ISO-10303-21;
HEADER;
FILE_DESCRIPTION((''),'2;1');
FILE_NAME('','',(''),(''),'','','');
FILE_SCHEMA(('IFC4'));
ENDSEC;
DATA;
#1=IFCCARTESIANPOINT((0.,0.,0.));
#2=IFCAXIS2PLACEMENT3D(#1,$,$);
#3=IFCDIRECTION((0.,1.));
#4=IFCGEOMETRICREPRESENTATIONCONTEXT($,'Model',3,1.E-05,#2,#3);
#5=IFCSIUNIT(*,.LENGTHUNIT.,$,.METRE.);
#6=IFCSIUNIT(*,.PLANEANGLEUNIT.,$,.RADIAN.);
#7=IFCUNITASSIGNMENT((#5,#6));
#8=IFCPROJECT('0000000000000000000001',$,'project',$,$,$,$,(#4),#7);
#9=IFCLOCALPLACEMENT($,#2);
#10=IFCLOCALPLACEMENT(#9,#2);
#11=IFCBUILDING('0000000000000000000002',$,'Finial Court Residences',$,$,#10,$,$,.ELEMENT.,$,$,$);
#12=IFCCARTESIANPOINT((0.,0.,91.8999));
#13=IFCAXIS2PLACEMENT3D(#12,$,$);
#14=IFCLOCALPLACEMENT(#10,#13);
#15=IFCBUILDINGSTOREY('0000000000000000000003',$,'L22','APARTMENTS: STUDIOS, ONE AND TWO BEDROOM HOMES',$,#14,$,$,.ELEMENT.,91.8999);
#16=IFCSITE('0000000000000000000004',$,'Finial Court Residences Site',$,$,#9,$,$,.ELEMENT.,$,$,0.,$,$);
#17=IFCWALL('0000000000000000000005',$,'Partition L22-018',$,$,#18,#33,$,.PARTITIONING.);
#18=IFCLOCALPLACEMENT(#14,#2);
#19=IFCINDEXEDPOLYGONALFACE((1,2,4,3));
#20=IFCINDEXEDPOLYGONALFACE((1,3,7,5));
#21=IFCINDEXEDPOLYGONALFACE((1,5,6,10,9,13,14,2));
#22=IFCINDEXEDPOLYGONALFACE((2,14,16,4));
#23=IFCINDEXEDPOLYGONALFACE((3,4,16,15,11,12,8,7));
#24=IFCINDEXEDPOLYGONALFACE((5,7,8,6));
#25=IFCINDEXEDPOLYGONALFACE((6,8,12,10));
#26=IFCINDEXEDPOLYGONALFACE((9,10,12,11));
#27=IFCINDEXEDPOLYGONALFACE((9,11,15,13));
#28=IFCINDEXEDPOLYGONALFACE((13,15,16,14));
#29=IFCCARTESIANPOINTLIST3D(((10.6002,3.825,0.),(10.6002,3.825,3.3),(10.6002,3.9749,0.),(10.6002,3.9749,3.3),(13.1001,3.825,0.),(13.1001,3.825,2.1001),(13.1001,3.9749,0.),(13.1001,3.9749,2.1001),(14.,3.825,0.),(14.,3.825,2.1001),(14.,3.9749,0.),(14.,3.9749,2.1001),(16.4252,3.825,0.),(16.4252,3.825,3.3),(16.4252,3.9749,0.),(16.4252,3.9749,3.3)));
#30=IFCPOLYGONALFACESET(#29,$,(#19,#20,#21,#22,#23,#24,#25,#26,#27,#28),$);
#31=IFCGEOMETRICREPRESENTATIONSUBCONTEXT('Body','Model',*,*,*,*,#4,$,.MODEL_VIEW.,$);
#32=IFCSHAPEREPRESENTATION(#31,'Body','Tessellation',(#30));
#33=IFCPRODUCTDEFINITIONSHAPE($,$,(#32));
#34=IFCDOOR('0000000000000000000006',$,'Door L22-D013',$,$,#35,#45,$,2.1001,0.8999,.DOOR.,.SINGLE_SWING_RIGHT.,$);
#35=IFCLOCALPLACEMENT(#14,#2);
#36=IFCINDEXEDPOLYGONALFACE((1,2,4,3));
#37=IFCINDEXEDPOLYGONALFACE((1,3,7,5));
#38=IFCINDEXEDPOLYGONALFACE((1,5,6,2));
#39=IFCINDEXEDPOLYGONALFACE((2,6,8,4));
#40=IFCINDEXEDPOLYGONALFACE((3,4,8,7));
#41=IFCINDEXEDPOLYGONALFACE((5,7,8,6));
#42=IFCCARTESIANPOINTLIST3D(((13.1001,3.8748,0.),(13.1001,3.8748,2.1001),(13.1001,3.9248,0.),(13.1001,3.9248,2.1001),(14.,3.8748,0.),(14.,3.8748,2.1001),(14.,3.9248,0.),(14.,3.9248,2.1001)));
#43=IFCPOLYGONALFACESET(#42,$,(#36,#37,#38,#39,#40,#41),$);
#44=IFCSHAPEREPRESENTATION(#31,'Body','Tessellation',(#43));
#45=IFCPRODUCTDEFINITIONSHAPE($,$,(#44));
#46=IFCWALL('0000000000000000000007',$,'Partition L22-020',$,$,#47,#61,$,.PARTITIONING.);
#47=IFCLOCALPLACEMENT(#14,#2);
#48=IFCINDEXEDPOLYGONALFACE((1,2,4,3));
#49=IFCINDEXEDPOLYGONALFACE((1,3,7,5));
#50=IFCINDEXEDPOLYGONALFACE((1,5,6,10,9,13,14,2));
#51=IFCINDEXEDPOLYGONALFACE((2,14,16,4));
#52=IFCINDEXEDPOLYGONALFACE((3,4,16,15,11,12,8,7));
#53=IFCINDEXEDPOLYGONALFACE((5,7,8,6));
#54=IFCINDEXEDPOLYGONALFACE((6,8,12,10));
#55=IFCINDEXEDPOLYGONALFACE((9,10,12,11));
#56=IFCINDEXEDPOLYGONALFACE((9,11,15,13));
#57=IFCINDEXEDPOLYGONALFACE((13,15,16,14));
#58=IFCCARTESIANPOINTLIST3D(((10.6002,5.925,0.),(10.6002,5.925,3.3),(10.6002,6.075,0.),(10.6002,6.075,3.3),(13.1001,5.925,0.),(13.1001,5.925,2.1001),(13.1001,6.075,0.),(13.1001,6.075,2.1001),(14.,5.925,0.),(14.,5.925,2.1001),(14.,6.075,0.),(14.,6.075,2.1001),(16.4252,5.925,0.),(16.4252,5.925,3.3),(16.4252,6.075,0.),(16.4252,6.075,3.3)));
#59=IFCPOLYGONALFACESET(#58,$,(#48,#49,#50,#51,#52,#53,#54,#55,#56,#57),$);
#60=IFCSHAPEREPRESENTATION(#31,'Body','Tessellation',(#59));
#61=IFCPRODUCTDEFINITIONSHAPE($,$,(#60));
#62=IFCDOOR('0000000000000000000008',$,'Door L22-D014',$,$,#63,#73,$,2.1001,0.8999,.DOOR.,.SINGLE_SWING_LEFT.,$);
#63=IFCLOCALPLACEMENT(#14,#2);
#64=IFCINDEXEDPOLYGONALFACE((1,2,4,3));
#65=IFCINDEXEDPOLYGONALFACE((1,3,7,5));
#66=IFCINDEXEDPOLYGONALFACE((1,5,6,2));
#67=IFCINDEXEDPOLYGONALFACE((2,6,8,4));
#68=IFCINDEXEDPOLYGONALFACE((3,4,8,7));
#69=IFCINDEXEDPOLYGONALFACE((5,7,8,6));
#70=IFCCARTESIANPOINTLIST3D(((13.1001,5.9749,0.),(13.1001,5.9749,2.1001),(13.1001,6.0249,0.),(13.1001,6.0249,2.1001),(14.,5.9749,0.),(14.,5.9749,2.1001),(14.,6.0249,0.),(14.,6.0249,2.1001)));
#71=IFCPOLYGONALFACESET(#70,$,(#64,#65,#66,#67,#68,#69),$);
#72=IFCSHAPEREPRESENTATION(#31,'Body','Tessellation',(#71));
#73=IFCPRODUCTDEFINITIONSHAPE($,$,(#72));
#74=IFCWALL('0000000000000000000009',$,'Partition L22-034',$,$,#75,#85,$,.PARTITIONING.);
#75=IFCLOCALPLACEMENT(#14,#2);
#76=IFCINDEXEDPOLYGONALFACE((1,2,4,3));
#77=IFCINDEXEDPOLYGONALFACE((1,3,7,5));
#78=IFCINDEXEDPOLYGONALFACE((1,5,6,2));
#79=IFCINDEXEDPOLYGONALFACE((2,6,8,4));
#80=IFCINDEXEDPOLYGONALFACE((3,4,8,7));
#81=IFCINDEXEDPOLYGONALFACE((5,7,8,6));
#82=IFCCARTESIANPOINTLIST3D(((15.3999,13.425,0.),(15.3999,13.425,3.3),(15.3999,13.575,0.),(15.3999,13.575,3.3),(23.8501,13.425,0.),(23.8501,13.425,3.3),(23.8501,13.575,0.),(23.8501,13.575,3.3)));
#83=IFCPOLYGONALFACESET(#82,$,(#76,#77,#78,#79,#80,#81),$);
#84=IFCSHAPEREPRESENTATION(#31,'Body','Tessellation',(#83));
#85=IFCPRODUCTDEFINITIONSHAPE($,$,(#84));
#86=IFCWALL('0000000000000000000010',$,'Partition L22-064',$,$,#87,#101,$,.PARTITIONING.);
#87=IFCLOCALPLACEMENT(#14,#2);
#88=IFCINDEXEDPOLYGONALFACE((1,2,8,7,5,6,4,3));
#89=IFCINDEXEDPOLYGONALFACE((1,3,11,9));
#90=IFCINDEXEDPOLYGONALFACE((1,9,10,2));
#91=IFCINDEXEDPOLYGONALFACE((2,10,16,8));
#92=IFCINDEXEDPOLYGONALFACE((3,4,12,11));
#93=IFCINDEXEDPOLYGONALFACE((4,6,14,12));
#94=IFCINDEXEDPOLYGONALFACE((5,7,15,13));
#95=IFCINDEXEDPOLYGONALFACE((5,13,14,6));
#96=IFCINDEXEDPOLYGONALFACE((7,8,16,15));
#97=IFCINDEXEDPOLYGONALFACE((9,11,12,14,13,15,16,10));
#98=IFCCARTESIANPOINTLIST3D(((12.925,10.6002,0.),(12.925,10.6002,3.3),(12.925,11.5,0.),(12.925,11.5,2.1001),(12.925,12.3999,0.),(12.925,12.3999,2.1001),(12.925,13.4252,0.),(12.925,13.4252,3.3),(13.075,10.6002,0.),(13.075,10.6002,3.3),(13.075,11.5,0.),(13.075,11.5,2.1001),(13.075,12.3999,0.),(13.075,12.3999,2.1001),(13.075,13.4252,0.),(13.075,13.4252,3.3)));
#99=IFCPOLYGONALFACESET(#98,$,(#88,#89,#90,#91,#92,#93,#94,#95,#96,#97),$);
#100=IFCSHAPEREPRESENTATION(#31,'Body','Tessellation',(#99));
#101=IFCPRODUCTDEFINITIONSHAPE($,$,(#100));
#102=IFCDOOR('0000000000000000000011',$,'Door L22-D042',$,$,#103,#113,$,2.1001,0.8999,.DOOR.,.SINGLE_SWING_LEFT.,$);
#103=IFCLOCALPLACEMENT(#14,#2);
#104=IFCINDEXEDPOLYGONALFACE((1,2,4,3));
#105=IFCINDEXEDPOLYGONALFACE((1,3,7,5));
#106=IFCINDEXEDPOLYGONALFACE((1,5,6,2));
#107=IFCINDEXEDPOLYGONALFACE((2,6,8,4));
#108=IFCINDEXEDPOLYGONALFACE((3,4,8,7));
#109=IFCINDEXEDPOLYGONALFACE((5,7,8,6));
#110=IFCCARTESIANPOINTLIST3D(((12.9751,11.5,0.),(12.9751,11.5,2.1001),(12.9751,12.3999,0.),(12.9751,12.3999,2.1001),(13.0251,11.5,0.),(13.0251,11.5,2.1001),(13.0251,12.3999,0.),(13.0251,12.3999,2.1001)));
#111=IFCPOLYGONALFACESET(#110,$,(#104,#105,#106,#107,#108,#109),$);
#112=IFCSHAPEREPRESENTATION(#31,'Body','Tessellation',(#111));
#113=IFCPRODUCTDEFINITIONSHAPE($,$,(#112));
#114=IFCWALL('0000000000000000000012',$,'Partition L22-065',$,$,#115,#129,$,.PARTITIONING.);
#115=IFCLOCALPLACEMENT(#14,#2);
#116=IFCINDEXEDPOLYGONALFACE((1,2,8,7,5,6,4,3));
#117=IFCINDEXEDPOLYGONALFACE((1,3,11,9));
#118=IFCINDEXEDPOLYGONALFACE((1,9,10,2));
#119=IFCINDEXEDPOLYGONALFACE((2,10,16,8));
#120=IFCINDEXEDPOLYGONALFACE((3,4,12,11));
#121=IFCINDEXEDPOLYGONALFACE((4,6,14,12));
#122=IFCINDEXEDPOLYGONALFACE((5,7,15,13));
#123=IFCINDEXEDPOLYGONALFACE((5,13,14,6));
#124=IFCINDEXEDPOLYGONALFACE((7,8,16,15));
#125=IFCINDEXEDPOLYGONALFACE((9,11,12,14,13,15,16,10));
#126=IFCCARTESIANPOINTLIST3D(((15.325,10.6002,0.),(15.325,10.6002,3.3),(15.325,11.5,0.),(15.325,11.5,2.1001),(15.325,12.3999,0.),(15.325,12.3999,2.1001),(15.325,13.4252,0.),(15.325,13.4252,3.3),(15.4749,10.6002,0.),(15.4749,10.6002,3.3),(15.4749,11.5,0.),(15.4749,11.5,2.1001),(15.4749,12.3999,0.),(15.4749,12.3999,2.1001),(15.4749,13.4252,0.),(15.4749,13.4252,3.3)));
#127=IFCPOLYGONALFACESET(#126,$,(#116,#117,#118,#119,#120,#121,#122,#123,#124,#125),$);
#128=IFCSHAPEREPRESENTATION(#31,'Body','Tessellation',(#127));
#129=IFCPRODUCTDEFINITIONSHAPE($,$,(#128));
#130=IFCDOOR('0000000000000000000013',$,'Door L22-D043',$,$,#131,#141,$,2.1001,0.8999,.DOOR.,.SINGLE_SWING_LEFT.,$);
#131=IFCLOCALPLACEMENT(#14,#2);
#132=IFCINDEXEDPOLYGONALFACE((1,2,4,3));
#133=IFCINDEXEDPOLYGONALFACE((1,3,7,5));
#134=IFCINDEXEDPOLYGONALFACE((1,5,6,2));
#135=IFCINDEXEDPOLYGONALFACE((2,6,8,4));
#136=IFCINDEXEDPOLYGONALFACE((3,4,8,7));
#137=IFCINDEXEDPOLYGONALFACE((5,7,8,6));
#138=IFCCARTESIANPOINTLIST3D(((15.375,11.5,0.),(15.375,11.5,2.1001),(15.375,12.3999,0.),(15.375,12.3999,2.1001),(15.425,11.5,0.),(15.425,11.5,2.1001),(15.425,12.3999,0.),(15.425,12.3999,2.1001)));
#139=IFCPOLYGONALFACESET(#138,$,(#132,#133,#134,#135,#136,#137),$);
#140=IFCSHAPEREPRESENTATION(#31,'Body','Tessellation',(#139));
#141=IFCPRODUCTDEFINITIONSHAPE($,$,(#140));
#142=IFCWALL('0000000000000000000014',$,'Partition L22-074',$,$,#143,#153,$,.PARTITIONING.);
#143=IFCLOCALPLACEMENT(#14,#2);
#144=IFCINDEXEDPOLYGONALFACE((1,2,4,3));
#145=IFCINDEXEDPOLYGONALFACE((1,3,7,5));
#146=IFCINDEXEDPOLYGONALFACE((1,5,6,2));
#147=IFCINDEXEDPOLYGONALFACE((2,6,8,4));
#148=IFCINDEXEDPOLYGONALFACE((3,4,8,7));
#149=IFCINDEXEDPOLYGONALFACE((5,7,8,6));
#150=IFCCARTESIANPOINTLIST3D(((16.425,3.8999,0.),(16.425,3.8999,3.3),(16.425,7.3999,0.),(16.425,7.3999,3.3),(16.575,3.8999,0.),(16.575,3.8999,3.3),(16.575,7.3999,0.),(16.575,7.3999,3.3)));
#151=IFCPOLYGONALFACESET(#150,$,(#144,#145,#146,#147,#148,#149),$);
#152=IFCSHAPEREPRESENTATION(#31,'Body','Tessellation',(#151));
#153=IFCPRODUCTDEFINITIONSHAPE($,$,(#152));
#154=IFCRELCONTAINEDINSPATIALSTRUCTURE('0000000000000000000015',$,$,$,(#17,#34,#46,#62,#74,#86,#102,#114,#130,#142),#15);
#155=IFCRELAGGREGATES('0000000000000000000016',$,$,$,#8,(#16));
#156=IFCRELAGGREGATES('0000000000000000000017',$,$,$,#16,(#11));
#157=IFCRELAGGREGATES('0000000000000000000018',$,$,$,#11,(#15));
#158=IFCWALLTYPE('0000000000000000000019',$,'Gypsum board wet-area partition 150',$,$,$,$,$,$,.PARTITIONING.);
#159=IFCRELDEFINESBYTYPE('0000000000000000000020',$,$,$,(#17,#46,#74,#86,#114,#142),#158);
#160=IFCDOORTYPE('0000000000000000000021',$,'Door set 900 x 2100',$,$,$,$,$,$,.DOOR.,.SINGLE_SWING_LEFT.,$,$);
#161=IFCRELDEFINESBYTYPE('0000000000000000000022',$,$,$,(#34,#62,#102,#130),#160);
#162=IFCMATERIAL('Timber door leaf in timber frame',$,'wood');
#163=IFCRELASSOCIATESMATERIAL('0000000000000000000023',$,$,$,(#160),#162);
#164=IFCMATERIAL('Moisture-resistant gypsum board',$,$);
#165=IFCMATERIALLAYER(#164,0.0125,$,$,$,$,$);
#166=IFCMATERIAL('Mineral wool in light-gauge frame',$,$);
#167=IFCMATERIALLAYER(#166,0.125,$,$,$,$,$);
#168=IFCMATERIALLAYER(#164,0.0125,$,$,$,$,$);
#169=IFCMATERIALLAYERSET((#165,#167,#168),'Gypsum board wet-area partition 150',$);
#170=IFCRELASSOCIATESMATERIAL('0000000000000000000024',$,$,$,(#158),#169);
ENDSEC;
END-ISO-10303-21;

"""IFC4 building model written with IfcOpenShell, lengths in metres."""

from ifc_helpers import new_model, si_unit, direction, frame, frame_2d, origin, place, context, subcontext, project, spatial, rectangle, extrude, material, layer, layer_set, type_object, element, fill, save


model = new_model("IFC4")

# Units and contexts
model_context = context("Model", 3, precision=1e-05, world=origin(), true_north=direction((0.0, 1.0)))
body_context = subcontext(model_context, "Body", "Model", "MODEL_VIEW")
ifc_project = project(units=[si_unit("LENGTHUNIT", "METRE"), si_unit("PLANEANGLEUNIT", "RADIAN")], contexts=[model_context])

# Site, building, storey
site_placement = place(None, origin())
site = spatial("IfcSite", under=ifc_project, at=site_placement, Name="Finial Court Residences Site", CompositionType="ELEMENT", RefElevation=0.0)
building_placement = place(site_placement, origin())
building = spatial("IfcBuilding", under=site, at=building_placement, Name="Finial Court Residences", CompositionType="ELEMENT")
storey_placement = place(building_placement, frame((0.0, 0.0, 91.8999)))
storey = spatial("IfcBuildingStorey", under=building, at=storey_placement, Name="L22", Description="APARTMENTS: STUDIOS, ONE AND TWO BEDROOM HOMES", CompositionType="ELEMENT", Elevation=91.8999)

# Walls, openings, doors
ifc_material_1 = material(Name="Mineral wool in light-gauge frame")
ifc_material_2 = material(Name="Timber door leaf in timber frame", Category="wood")
door_type = type_object("IfcDoorType", Name="Door set 900 x 2100", OperationType="SINGLE_SWING_LEFT", PredefinedType="DOOR", material=ifc_material_2)
ifc_material_3 = material(Name="Moisture-resistant gypsum board")
ifc_layer_1 = layer(ifc_material_3, 0.0125)
ifc_layer_2 = layer(ifc_material_1, 0.125)
ifc_layer_3 = layer(ifc_material_3, 0.0125)
ifc_layer_set_1 = layer_set([ifc_layer_1, ifc_layer_2, ifc_layer_3], Name="Gypsum board wet-area partition 150")
wall_type_1 = type_object("IfcWallType", Name="Gypsum board wet-area partition 150", PredefinedType="PARTITIONING", material=ifc_layer_set_1)
wall_1_placement = place(storey_placement, frame((10.6001, 3.8999, 0.0), z_axis=(0.0, 0.0, 1.0), x_axis=(1.0, 0.0, 0.0)))
wall_1 = element("IfcWall", 1, at=wall_1_placement, inside=storey, type_object=wall_type_1, Name="Partition L22-018", PredefinedType="PARTITIONING", context=body_context, shape_type="SweptSolid", body=[
    extrude(rectangle(XDim=5.825, YDim=0.1499, at=frame_2d((2.9126, 0.0))), origin(), (0.0, 0.0, 1.0), 3.3),
])
opening_1_placement = place(wall_1_placement, frame((2.5, 0.0, 0.0)))
opening_1 = element("IfcOpeningElement", 2, at=opening_1_placement, cuts=wall_1, PredefinedType="OPENING", context=body_context, shape_type="SweptSolid", body=[
    extrude(rectangle(XDim=0.8999, YDim=2.1001, at=frame_2d((0.45, 1.05))), frame((0.0, 0.085, 0.0), z_axis=(0.0, -1.0, 0.0), x_axis=(1.0, 0.0, 0.0)), (0.0, 0.0, 1.0), 0.1699),
])
door_1_placement = place(opening_1_placement, origin())
door_1 = element("IfcDoor", 3, at=door_1_placement, inside=storey, type_object=door_type, Name="Door L22-D013", OperationType="SINGLE_SWING_RIGHT", OverallHeight=2.1001, OverallWidth=0.8999, PredefinedType="DOOR", context=body_context, shape_type="SweptSolid", body=[
    extrude(rectangle(XDim=0.8999, YDim=2.1001, at=frame_2d((0.45, 1.05))), frame((0.0, 0.0249, 0.0), z_axis=(0.0, -1.0, 0.0), x_axis=(1.0, 0.0, 0.0)), (0.0, 0.0, 1.0), 0.05),
])
fill(opening_1, door_1)
wall_2_placement = place(storey_placement, frame((10.6001, 6.0, 0.0), z_axis=(0.0, 0.0, 1.0), x_axis=(1.0, 0.0, 0.0)))
wall_2 = element("IfcWall", 4, at=wall_2_placement, inside=storey, type_object=wall_type_1, Name="Partition L22-020", PredefinedType="PARTITIONING", context=body_context, shape_type="SweptSolid", body=[
    extrude(rectangle(XDim=5.825, YDim=0.1499, at=frame_2d((2.9126, 0.0))), origin(), (0.0, 0.0, 1.0), 3.3),
])
opening_2_placement = place(wall_2_placement, frame((2.5, 0.0, 0.0)))
opening_2 = element("IfcOpeningElement", 5, at=opening_2_placement, cuts=wall_2, PredefinedType="OPENING", context=body_context, shape_type="SweptSolid", body=[
    extrude(rectangle(XDim=0.8999, YDim=2.1001, at=frame_2d((0.45, 1.05))), frame((0.0, 0.085, 0.0), z_axis=(0.0, -1.0, 0.0), x_axis=(1.0, 0.0, 0.0)), (0.0, 0.0, 1.0), 0.1699),
])
door_2_placement = place(opening_2_placement, origin())
door_2 = element("IfcDoor", 6, at=door_2_placement, inside=storey, type_object=door_type, Name="Door L22-D014", OperationType="SINGLE_SWING_LEFT", OverallHeight=2.1001, OverallWidth=0.8999, PredefinedType="DOOR", context=body_context, shape_type="SweptSolid", body=[
    extrude(rectangle(XDim=0.8999, YDim=2.1001, at=frame_2d((0.45, 1.05))), frame((0.0, 0.0249, 0.0), z_axis=(0.0, -1.0, 0.0), x_axis=(1.0, 0.0, 0.0)), (0.0, 0.0, 1.0), 0.05),
])
fill(opening_2, door_2)

# Wall
wall_3_placement = place(storey_placement, frame((15.3999, 13.5, 0.0), z_axis=(0.0, 0.0, 1.0), x_axis=(1.0, 0.0, 0.0)))
element("IfcWall", 7, at=wall_3_placement, inside=storey, type_object=wall_type_1, Name="Partition L22-034", PredefinedType="PARTITIONING", context=body_context, shape_type="SweptSolid", body=[
    extrude(rectangle(XDim=8.4502, YDim=0.1499, at=frame_2d((4.2251, 0.0))), origin(), (0.0, 0.0, 1.0), 3.3),
])

# Walls, openings, doors
wall_4_placement = place(storey_placement, frame((13.0, 10.6001, 0.0), z_axis=(0.0, 0.0, 1.0), x_axis=(0.0, 1.0, 0.0)))
wall_4 = element("IfcWall", 8, at=wall_4_placement, inside=storey, type_object=wall_type_1, Name="Partition L22-064", PredefinedType="PARTITIONING", context=body_context, shape_type="SweptSolid", body=[
    extrude(rectangle(XDim=2.825, YDim=0.1499, at=frame_2d((1.4126, 0.0))), origin(), (0.0, 0.0, 1.0), 3.3),
])
opening_3_placement = place(wall_4_placement, frame((0.8999, 0.0, 0.0)))
opening_3 = element("IfcOpeningElement", 9, at=opening_3_placement, cuts=wall_4, PredefinedType="OPENING", context=body_context, shape_type="SweptSolid", body=[
    extrude(rectangle(XDim=0.8999, YDim=2.1001, at=frame_2d((0.45, 1.05))), frame((0.0, 0.085, 0.0), z_axis=(0.0, -1.0, 0.0), x_axis=(1.0, 0.0, 0.0)), (0.0, 0.0, 1.0), 0.1699),
])
door_3_placement = place(opening_3_placement, origin())
door_3 = element("IfcDoor", 10, at=door_3_placement, inside=storey, type_object=door_type, Name="Door L22-D042", OperationType="SINGLE_SWING_LEFT", OverallHeight=2.1001, OverallWidth=0.8999, PredefinedType="DOOR", context=body_context, shape_type="SweptSolid", body=[
    extrude(rectangle(XDim=0.8999, YDim=2.1001, at=frame_2d((0.45, 1.05))), frame((0.0, 0.0249, 0.0), z_axis=(0.0, -1.0, 0.0), x_axis=(1.0, 0.0, 0.0)), (0.0, 0.0, 1.0), 0.05),
])
fill(opening_3, door_3)
wall_5_placement = place(storey_placement, frame((15.3999, 10.6001, 0.0), z_axis=(0.0, 0.0, 1.0), x_axis=(0.0, 1.0, 0.0)))
wall_5 = element("IfcWall", 11, at=wall_5_placement, inside=storey, type_object=wall_type_1, Name="Partition L22-065", PredefinedType="PARTITIONING", context=body_context, shape_type="SweptSolid", body=[
    extrude(rectangle(XDim=2.825, YDim=0.1499, at=frame_2d((1.4126, 0.0))), origin(), (0.0, 0.0, 1.0), 3.3),
])
opening_4_placement = place(wall_5_placement, frame((0.8999, 0.0, 0.0)))
opening_4 = element("IfcOpeningElement", 12, at=opening_4_placement, cuts=wall_5, PredefinedType="OPENING", context=body_context, shape_type="SweptSolid", body=[
    extrude(rectangle(XDim=0.8999, YDim=2.1001, at=frame_2d((0.45, 1.05))), frame((0.0, 0.085, 0.0), z_axis=(0.0, -1.0, 0.0), x_axis=(1.0, 0.0, 0.0)), (0.0, 0.0, 1.0), 0.1699),
])
door_4_placement = place(opening_4_placement, origin())
door_4 = element("IfcDoor", 13, at=door_4_placement, inside=storey, type_object=door_type, Name="Door L22-D043", OperationType="SINGLE_SWING_LEFT", OverallHeight=2.1001, OverallWidth=0.8999, PredefinedType="DOOR", context=body_context, shape_type="SweptSolid", body=[
    extrude(rectangle(XDim=0.8999, YDim=2.1001, at=frame_2d((0.45, 1.05))), frame((0.0, 0.0249, 0.0), z_axis=(0.0, -1.0, 0.0), x_axis=(1.0, 0.0, 0.0)), (0.0, 0.0, 1.0), 0.05),
])
fill(opening_4, door_4)

# Wall
wall_6_placement = place(storey_placement, frame((16.5, 3.8999, 0.0), z_axis=(0.0, 0.0, 1.0), x_axis=(0.0, 1.0, 0.0)))
element("IfcWall", 14, at=wall_6_placement, inside=storey, type_object=wall_type_1, Name="Partition L22-074", PredefinedType="PARTITIONING", context=body_context, shape_type="SweptSolid", body=[
    extrude(rectangle(XDim=3.5, YDim=0.1499, at=frame_2d((1.75, 0.0))), origin(), (0.0, 0.0, 1.0), 3.3),
])

save(model, "model.ifc")
